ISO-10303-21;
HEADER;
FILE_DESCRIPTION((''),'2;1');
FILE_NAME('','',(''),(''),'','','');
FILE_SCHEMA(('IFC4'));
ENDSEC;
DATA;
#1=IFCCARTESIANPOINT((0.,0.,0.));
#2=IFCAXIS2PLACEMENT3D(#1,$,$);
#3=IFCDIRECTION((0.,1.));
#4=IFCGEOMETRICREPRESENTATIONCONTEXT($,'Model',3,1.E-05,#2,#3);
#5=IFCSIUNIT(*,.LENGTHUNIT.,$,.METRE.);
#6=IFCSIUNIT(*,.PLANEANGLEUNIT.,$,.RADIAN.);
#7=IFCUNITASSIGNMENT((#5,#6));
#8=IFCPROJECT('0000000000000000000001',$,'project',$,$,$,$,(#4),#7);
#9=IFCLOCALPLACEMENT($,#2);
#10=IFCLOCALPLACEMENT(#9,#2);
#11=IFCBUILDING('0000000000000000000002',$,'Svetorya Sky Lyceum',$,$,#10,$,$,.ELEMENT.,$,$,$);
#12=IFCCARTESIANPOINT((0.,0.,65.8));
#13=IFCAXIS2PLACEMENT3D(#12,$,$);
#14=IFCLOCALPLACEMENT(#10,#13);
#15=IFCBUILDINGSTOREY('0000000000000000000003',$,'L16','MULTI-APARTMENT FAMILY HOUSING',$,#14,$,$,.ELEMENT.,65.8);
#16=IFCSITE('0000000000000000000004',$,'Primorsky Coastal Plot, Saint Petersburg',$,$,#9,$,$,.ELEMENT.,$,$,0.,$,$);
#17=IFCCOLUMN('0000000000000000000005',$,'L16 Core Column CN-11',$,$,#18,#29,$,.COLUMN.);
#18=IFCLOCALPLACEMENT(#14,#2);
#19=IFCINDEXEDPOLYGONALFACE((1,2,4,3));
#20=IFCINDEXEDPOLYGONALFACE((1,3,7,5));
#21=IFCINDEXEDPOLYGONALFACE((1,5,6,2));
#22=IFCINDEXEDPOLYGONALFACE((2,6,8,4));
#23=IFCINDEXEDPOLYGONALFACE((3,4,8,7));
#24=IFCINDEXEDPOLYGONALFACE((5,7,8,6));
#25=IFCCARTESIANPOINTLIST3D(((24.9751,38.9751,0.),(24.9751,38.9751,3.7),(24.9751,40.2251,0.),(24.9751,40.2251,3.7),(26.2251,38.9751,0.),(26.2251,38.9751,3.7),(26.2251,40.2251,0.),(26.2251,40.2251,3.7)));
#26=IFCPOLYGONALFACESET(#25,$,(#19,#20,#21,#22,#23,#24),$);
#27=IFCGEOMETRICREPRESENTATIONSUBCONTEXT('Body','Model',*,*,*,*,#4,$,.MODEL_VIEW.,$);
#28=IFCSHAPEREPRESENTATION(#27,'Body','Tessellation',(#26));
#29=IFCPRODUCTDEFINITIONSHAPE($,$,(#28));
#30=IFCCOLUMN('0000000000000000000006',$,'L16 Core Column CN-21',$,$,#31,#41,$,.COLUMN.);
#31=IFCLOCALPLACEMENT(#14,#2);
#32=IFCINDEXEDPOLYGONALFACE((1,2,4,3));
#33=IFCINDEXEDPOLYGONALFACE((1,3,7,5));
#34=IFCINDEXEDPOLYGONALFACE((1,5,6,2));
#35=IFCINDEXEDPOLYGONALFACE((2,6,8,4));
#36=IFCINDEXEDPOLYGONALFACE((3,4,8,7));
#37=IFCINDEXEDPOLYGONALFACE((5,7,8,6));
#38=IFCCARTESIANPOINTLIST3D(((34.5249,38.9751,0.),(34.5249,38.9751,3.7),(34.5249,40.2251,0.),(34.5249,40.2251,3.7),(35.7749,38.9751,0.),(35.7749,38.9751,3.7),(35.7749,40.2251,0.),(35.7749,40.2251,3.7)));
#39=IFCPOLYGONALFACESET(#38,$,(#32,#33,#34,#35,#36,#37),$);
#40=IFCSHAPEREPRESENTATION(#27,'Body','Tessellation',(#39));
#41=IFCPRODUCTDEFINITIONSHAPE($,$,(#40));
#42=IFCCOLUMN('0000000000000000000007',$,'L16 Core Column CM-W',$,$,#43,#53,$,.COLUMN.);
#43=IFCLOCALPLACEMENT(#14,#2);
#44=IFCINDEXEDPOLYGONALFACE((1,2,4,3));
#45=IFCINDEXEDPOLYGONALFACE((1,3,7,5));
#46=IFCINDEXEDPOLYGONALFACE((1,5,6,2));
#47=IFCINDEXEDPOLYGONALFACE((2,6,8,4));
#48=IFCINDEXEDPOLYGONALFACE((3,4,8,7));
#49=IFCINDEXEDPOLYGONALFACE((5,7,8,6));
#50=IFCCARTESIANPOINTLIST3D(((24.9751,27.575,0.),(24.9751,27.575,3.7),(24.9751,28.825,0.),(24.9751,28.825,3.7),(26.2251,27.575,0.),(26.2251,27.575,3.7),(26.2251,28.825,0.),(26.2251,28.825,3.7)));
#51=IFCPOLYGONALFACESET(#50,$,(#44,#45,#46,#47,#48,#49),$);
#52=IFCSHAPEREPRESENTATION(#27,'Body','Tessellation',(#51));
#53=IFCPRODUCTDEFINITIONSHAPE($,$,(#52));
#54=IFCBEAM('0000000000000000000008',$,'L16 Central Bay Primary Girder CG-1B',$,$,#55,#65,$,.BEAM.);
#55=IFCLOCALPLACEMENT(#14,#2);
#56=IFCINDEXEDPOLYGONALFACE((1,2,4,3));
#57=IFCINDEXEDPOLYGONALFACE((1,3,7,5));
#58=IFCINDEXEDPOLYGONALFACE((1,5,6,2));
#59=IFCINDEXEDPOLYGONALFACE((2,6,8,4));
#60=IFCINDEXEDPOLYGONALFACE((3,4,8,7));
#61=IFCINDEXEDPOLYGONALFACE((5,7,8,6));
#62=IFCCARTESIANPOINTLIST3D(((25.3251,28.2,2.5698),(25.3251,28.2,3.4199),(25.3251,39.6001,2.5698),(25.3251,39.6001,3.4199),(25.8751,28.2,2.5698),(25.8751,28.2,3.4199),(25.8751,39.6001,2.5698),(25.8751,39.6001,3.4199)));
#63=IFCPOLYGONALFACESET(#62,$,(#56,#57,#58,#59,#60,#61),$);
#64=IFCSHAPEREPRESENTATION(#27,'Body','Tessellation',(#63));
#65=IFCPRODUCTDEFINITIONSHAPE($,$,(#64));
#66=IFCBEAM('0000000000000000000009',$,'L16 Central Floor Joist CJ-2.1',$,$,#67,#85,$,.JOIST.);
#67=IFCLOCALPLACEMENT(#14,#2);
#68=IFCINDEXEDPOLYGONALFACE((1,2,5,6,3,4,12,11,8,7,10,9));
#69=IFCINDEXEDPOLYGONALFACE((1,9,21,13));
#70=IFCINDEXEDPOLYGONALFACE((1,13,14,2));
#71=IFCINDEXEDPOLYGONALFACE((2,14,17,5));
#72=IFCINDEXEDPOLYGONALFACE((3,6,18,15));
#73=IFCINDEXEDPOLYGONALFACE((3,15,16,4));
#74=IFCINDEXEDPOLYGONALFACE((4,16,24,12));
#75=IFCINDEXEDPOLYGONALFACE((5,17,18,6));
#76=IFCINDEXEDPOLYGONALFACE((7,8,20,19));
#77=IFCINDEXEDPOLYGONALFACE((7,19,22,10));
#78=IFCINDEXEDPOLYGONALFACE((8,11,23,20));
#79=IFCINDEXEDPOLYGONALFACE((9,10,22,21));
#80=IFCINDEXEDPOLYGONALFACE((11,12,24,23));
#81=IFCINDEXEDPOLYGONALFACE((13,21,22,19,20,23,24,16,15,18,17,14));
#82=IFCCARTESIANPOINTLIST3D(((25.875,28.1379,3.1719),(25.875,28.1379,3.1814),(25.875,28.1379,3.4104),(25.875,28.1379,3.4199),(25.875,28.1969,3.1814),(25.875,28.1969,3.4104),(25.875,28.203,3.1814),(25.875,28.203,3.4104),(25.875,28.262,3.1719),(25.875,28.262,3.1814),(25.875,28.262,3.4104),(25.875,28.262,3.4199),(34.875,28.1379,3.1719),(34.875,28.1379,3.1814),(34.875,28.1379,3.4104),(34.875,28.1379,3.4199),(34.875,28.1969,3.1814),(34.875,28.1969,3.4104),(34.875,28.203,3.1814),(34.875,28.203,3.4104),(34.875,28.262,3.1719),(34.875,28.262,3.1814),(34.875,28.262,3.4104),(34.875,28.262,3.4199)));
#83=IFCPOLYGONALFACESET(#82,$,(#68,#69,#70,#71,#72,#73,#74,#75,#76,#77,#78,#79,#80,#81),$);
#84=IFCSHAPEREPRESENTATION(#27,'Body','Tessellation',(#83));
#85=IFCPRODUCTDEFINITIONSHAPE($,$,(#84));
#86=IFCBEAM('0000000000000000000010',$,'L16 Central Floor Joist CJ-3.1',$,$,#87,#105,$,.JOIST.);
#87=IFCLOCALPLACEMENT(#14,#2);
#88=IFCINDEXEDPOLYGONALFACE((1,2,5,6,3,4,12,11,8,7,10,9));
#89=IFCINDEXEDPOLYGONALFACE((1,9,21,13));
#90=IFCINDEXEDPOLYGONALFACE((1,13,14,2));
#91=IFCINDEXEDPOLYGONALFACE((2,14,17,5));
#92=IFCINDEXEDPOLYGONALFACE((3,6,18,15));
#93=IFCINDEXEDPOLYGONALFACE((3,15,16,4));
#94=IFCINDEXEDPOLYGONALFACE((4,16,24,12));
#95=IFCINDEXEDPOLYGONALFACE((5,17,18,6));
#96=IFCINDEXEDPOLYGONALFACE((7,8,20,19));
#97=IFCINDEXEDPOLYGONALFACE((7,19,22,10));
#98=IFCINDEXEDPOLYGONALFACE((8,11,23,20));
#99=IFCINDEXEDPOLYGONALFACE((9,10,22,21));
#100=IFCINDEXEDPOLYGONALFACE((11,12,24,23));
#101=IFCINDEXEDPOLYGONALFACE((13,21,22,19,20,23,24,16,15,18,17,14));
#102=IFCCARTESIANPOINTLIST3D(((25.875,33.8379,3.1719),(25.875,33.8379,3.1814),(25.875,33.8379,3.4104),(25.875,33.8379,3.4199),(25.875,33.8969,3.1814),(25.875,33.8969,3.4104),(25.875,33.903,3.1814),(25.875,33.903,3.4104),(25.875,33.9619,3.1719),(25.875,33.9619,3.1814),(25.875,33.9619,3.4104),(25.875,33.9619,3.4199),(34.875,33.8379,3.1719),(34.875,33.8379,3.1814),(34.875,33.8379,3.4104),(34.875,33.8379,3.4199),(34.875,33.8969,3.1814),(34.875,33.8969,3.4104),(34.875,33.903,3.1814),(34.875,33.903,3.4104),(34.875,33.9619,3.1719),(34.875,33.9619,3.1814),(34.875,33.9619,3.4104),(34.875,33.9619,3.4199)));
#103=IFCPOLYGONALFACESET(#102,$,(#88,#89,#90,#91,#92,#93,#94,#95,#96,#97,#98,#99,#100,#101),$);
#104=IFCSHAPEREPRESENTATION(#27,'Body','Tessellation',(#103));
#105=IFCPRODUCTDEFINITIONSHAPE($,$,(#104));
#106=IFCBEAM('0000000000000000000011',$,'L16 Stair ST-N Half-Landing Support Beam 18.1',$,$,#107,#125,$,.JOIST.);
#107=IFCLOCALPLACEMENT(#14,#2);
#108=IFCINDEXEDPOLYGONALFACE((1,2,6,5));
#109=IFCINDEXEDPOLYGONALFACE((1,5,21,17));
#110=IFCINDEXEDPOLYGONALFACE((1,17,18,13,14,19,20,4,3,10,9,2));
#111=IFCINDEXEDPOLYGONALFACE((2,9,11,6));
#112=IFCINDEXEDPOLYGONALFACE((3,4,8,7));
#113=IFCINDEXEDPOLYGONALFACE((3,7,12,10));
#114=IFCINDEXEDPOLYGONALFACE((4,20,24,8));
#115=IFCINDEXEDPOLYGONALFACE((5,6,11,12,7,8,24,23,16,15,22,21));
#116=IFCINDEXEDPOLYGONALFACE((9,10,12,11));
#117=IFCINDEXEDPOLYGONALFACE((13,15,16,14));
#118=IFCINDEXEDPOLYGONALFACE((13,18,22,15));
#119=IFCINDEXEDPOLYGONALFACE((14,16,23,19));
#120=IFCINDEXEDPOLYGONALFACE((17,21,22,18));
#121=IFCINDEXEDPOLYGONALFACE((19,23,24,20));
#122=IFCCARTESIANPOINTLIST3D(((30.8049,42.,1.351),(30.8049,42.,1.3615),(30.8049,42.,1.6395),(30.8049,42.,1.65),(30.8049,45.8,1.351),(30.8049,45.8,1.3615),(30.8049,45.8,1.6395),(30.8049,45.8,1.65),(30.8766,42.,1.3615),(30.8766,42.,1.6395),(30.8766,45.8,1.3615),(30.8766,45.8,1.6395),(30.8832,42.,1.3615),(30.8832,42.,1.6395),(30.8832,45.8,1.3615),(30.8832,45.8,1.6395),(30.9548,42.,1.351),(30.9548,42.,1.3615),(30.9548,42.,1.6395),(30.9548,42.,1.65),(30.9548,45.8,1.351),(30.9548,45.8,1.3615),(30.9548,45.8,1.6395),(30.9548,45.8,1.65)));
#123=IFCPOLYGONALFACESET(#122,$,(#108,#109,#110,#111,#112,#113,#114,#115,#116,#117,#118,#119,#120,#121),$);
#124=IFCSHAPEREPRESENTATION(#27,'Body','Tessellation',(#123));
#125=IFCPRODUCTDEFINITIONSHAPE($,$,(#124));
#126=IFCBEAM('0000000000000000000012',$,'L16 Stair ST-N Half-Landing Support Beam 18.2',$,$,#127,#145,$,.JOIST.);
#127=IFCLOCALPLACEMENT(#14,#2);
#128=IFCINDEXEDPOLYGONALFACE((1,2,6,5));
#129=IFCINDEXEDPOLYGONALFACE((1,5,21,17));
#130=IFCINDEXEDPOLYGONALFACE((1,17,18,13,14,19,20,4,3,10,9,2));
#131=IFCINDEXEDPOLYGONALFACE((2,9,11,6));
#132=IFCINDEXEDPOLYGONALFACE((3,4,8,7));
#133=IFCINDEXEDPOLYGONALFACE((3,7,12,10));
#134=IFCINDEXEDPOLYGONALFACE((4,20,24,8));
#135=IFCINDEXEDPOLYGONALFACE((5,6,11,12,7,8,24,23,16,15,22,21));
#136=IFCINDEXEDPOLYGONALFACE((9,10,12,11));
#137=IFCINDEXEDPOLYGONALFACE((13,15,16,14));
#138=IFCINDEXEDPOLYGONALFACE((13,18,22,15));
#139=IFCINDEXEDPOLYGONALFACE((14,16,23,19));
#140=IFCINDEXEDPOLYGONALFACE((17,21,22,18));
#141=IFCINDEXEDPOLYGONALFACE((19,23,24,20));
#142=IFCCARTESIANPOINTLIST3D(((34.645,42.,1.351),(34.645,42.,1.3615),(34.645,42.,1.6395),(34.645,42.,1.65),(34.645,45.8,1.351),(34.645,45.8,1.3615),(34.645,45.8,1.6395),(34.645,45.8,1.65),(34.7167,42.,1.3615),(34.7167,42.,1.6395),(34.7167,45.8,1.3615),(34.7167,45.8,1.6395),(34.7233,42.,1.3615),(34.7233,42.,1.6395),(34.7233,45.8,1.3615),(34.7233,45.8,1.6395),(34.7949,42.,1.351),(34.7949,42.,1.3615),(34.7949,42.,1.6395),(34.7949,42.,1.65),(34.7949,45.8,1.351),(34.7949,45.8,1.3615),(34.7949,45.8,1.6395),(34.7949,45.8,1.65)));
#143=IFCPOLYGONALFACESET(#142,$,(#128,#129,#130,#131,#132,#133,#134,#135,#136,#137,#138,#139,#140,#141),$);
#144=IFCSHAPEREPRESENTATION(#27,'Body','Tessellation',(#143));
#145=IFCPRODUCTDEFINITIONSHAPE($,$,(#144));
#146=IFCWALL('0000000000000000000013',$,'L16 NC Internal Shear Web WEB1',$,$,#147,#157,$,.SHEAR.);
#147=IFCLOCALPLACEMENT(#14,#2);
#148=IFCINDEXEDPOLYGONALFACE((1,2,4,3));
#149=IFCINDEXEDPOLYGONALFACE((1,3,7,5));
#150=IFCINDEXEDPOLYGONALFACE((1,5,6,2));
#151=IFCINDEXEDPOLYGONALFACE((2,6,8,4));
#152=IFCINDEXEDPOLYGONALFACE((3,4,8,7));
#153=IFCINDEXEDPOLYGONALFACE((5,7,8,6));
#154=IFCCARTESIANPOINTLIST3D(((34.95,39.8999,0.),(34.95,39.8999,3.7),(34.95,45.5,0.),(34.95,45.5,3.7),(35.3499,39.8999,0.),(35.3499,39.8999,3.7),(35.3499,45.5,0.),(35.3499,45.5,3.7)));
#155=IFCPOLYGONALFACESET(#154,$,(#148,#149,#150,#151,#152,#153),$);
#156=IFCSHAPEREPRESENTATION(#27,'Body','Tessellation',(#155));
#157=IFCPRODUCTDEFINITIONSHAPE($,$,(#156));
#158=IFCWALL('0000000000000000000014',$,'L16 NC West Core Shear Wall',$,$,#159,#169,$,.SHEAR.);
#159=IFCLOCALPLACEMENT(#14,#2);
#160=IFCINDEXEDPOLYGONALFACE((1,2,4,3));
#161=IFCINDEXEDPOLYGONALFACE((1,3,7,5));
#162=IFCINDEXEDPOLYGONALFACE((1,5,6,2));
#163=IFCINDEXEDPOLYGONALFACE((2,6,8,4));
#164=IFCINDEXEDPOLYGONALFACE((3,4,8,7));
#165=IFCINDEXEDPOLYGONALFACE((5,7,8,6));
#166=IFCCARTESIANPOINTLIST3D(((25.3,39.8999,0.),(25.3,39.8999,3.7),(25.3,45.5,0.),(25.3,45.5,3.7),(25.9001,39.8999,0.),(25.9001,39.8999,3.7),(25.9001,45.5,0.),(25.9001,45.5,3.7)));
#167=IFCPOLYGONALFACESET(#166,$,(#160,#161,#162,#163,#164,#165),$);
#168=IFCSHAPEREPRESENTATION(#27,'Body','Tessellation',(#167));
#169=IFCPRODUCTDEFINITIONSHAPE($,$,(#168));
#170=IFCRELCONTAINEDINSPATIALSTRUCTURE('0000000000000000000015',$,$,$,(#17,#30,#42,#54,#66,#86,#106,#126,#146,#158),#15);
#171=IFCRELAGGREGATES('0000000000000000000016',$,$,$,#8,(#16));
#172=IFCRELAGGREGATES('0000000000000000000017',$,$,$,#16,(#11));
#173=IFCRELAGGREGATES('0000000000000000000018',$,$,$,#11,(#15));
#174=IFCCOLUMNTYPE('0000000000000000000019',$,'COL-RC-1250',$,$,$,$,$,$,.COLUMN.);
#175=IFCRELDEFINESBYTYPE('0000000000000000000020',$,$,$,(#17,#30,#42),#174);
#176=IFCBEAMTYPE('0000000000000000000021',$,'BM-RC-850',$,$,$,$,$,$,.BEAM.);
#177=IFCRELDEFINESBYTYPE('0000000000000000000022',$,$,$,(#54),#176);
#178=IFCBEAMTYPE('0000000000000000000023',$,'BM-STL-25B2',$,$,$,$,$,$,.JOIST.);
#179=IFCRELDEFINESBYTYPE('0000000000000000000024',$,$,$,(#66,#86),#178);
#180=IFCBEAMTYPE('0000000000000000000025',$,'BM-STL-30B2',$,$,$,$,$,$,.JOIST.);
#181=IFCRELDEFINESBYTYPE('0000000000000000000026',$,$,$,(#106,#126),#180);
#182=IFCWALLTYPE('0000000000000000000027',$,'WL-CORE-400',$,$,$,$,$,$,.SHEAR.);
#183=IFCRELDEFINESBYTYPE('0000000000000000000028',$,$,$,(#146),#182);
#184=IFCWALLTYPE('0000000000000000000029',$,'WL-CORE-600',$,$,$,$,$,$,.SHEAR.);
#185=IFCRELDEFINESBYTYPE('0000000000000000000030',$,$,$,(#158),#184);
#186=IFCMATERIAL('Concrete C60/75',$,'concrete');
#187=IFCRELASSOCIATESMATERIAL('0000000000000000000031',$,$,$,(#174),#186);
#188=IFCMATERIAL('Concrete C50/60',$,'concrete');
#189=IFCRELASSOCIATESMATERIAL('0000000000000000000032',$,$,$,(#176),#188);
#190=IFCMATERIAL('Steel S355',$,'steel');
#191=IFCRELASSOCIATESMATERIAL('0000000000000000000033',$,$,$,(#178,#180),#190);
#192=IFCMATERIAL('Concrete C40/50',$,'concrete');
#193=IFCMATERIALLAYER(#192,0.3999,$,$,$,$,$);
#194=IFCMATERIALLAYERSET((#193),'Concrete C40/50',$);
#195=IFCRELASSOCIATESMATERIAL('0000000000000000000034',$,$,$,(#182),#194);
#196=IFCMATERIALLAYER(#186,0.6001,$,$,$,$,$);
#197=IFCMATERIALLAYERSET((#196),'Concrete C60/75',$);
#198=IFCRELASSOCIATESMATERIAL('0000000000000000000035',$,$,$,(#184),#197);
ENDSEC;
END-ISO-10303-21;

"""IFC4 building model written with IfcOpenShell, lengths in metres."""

from ifc_helpers import new_model, si_unit, direction, frame, frame_2d, origin, origin_2d, place, context, subcontext, project, spatial, rectangle, i_section, extrude, material, layer, layer_set, material_profile, profile_set, type_object, element, save


model = new_model("IFC4")

# Units and contexts
model_context = context("Model", 3, precision=1e-05, world=origin(), true_north=direction((0.0, 1.0)))
body_context = subcontext(model_context, "Body", "Model", "MODEL_VIEW")
ifc_project = project(units=[si_unit("LENGTHUNIT", "METRE"), si_unit("PLANEANGLEUNIT", "RADIAN")], contexts=[model_context])

# Site, building, storey
site_placement = place(None, origin())
site = spatial("IfcSite", under=ifc_project, at=site_placement, Name="Primorsky Coastal Plot, Saint Petersburg", CompositionType="ELEMENT", RefElevation=0.0)
building_placement = place(site_placement, origin())
building = spatial("IfcBuilding", under=site, at=building_placement, Name="Svetorya Sky Lyceum", CompositionType="ELEMENT")
storey_placement = place(building_placement, frame((0.0, 0.0, 65.8)))
storey = spatial("IfcBuildingStorey", under=building, at=storey_placement, Name="L16", Description="MULTI-APARTMENT FAMILY HOUSING", CompositionType="ELEMENT", Elevation=65.8)

# Columns
ifc_material_1 = material(Name="Concrete C60/75", Category="concrete")
ifc_material_profile_1 = material_profile(ifc_material_1, rectangle(XDim=1.25, YDim=1.25, at=origin_2d()), Name="RC COL 1250x1250")
ifc_profile_set_1 = profile_set([ifc_material_profile_1], Name="Concrete C60/75")
column_type = type_object("IfcColumnType", Name="COL-RC-1250", PredefinedType="COLUMN", material=ifc_profile_set_1)
for number, where, z_axis, x_axis, name in (
    (1, (25.6001, 39.6001, 0.0), (0.0, 0.0, 1.0), (1.0, 0.0, 0.0), "L16 Core Column CN-11"),
    (2, (35.1499, 39.6001, 0.0), (0.0, 0.0, 1.0), (1.0, 0.0, 0.0), "L16 Core Column CN-21"),
    (3, (25.6001, 28.2, 0.0), (0.0, 0.0, 1.0), (1.0, 0.0, 0.0), "L16 Core Column CM-W"),
):
    element("IfcColumn", number, at=place(storey_placement, frame(where, z_axis=z_axis, x_axis=x_axis)), inside=storey, type_object=column_type, Name=name, PredefinedType="COLUMN", context=body_context, shape_type="SweptSolid", body=[
        extrude(rectangle(XDim=1.25, YDim=1.25, at=origin_2d()), origin(), (0.0, 0.0, 1.0), 3.7),
    ])

# Beams
ifc_material_2 = material(Name="Concrete C50/60", Category="concrete")
ifc_material_profile_2 = material_profile(ifc_material_2, rectangle(XDim=0.55, YDim=0.8501, at=origin_2d()), Name="RC BEAM 550x850")
ifc_profile_set_2 = profile_set([ifc_material_profile_2], Name="Concrete C50/60")
beam_type_1 = type_object("IfcBeamType", Name="BM-RC-850", PredefinedType="BEAM", material=ifc_profile_set_2)
beam_placement = place(storey_placement, frame((25.6001, 28.2, 2.9949), z_axis=(0.0, 1.0, 0.0), x_axis=(-1.0, 0.0, 0.0)))
element("IfcBeam", 4, at=beam_placement, inside=storey, type_object=beam_type_1, Name="L16 Central Bay Primary Girder CG-1B", PredefinedType="BEAM", context=body_context, shape_type="SweptSolid", body=[
    extrude(rectangle(XDim=0.55, YDim=0.8501, at=origin_2d()), origin(), (0.0, 0.0, 1.0), 11.4001),
])
ifc_material_3 = material(Name="Steel S355", Category="steel")
ifc_material_profile_3 = material_profile(ifc_material_3, i_section(OverallWidth=0.124, OverallDepth=0.248, WebThickness=0.0061, FlangeThickness=0.0095, at=origin_2d()), Name="GOST 25B2")
ifc_profile_set_3 = profile_set([ifc_material_profile_3], Name="Steel S355")
beam_type_2 = type_object("IfcBeamType", Name="BM-STL-25B2", PredefinedType="JOIST", material=ifc_profile_set_3)
for number, where, z_axis, x_axis, name in (
    (5, (25.875, 28.2, 3.2959), (1.0, 0.0, 0.0), (0.0, 1.0, 0.0), "L16 Central Floor Joist CJ-2.1"),
    (6, (25.875, 33.8999, 3.2959), (1.0, 0.0, 0.0), (0.0, 1.0, 0.0), "L16 Central Floor Joist CJ-3.1"),
):
    element("IfcBeam", number, at=place(storey_placement, frame(where, z_axis=z_axis, x_axis=x_axis)), inside=storey, type_object=beam_type_2, Name=name, PredefinedType="JOIST", context=body_context, shape_type="SweptSolid", body=[
        extrude(i_section(OverallWidth=0.124, OverallDepth=0.248, WebThickness=0.0061, FlangeThickness=0.0095, at=origin_2d()), origin(), (0.0, 0.0, 1.0), 9.0),
    ])
ifc_material_profile_4 = material_profile(ifc_material_3, i_section(OverallWidth=0.1499, OverallDepth=0.2991, WebThickness=0.0066, FlangeThickness=0.0105, at=origin_2d()), Name="GOST 30B2")
ifc_profile_set_4 = profile_set([ifc_material_profile_4], Name="Steel S355")
beam_type_3 = type_object("IfcBeamType", Name="BM-STL-30B2", PredefinedType="JOIST", material=ifc_profile_set_4)
for number, where, z_axis, x_axis, name in (
    (7, (30.8799, 42.0, 1.5005), (0.0, 1.0, 0.0), (-1.0, 0.0, 0.0), "L16 Stair ST-N Half-Landing Support Beam 18.1"),
    (8, (34.72, 42.0, 1.5005), (0.0, 1.0, 0.0), (-1.0, 0.0, 0.0), "L16 Stair ST-N Half-Landing Support Beam 18.2"),
):
    element("IfcBeam", number, at=place(storey_placement, frame(where, z_axis=z_axis, x_axis=x_axis)), inside=storey, type_object=beam_type_3, Name=name, PredefinedType="JOIST", context=body_context, shape_type="SweptSolid", body=[
        extrude(i_section(OverallWidth=0.1499, OverallDepth=0.2991, WebThickness=0.0066, FlangeThickness=0.0105, at=origin_2d()), origin(), (0.0, 0.0, 1.0), 3.8),
    ])

# Walls
ifc_material_4 = material(Name="Concrete C40/50", Category="concrete")
ifc_layer_1 = layer(ifc_material_4, 0.3999)
ifc_layer_set_1 = layer_set([ifc_layer_1], Name="Concrete C40/50")
wall_type_1 = type_object("IfcWallType", Name="WL-CORE-400", PredefinedType="SHEAR", material=ifc_layer_set_1)
wall_1_placement = place(storey_placement, frame((35.1499, 39.8999, 0.0), z_axis=(0.0, 0.0, 1.0), x_axis=(0.0, 1.0, 0.0)))
element("IfcWall", 9, at=wall_1_placement, inside=storey, type_object=wall_type_1, Name="L16 NC Internal Shear Web WEB1", PredefinedType="SHEAR", context=body_context, shape_type="SweptSolid", body=[
    extrude(rectangle(XDim=5.6001, YDim=0.3999, at=frame_2d((2.8, 0.0))), origin(), (0.0, 0.0, 1.0), 3.7),
])
ifc_layer_2 = layer(ifc_material_1, 0.6001)
ifc_layer_set_2 = layer_set([ifc_layer_2], Name="Concrete C60/75")
wall_type_2 = type_object("IfcWallType", Name="WL-CORE-600", PredefinedType="SHEAR", material=ifc_layer_set_2)
wall_2_placement = place(storey_placement, frame((25.6001, 39.8999, 0.0), z_axis=(0.0, 0.0, 1.0), x_axis=(0.0, 1.0, 0.0)))
element("IfcWall", 10, at=wall_2_placement, inside=storey, type_object=wall_type_2, Name="L16 NC West Core Shear Wall", PredefinedType="SHEAR", context=body_context, shape_type="SweptSolid", body=[
    extrude(rectangle(XDim=5.6001, YDim=0.6001, at=frame_2d((2.8, 0.0))), origin(), (0.0, 0.0, 1.0), 3.7),
])

save(model, "model.ifc")
